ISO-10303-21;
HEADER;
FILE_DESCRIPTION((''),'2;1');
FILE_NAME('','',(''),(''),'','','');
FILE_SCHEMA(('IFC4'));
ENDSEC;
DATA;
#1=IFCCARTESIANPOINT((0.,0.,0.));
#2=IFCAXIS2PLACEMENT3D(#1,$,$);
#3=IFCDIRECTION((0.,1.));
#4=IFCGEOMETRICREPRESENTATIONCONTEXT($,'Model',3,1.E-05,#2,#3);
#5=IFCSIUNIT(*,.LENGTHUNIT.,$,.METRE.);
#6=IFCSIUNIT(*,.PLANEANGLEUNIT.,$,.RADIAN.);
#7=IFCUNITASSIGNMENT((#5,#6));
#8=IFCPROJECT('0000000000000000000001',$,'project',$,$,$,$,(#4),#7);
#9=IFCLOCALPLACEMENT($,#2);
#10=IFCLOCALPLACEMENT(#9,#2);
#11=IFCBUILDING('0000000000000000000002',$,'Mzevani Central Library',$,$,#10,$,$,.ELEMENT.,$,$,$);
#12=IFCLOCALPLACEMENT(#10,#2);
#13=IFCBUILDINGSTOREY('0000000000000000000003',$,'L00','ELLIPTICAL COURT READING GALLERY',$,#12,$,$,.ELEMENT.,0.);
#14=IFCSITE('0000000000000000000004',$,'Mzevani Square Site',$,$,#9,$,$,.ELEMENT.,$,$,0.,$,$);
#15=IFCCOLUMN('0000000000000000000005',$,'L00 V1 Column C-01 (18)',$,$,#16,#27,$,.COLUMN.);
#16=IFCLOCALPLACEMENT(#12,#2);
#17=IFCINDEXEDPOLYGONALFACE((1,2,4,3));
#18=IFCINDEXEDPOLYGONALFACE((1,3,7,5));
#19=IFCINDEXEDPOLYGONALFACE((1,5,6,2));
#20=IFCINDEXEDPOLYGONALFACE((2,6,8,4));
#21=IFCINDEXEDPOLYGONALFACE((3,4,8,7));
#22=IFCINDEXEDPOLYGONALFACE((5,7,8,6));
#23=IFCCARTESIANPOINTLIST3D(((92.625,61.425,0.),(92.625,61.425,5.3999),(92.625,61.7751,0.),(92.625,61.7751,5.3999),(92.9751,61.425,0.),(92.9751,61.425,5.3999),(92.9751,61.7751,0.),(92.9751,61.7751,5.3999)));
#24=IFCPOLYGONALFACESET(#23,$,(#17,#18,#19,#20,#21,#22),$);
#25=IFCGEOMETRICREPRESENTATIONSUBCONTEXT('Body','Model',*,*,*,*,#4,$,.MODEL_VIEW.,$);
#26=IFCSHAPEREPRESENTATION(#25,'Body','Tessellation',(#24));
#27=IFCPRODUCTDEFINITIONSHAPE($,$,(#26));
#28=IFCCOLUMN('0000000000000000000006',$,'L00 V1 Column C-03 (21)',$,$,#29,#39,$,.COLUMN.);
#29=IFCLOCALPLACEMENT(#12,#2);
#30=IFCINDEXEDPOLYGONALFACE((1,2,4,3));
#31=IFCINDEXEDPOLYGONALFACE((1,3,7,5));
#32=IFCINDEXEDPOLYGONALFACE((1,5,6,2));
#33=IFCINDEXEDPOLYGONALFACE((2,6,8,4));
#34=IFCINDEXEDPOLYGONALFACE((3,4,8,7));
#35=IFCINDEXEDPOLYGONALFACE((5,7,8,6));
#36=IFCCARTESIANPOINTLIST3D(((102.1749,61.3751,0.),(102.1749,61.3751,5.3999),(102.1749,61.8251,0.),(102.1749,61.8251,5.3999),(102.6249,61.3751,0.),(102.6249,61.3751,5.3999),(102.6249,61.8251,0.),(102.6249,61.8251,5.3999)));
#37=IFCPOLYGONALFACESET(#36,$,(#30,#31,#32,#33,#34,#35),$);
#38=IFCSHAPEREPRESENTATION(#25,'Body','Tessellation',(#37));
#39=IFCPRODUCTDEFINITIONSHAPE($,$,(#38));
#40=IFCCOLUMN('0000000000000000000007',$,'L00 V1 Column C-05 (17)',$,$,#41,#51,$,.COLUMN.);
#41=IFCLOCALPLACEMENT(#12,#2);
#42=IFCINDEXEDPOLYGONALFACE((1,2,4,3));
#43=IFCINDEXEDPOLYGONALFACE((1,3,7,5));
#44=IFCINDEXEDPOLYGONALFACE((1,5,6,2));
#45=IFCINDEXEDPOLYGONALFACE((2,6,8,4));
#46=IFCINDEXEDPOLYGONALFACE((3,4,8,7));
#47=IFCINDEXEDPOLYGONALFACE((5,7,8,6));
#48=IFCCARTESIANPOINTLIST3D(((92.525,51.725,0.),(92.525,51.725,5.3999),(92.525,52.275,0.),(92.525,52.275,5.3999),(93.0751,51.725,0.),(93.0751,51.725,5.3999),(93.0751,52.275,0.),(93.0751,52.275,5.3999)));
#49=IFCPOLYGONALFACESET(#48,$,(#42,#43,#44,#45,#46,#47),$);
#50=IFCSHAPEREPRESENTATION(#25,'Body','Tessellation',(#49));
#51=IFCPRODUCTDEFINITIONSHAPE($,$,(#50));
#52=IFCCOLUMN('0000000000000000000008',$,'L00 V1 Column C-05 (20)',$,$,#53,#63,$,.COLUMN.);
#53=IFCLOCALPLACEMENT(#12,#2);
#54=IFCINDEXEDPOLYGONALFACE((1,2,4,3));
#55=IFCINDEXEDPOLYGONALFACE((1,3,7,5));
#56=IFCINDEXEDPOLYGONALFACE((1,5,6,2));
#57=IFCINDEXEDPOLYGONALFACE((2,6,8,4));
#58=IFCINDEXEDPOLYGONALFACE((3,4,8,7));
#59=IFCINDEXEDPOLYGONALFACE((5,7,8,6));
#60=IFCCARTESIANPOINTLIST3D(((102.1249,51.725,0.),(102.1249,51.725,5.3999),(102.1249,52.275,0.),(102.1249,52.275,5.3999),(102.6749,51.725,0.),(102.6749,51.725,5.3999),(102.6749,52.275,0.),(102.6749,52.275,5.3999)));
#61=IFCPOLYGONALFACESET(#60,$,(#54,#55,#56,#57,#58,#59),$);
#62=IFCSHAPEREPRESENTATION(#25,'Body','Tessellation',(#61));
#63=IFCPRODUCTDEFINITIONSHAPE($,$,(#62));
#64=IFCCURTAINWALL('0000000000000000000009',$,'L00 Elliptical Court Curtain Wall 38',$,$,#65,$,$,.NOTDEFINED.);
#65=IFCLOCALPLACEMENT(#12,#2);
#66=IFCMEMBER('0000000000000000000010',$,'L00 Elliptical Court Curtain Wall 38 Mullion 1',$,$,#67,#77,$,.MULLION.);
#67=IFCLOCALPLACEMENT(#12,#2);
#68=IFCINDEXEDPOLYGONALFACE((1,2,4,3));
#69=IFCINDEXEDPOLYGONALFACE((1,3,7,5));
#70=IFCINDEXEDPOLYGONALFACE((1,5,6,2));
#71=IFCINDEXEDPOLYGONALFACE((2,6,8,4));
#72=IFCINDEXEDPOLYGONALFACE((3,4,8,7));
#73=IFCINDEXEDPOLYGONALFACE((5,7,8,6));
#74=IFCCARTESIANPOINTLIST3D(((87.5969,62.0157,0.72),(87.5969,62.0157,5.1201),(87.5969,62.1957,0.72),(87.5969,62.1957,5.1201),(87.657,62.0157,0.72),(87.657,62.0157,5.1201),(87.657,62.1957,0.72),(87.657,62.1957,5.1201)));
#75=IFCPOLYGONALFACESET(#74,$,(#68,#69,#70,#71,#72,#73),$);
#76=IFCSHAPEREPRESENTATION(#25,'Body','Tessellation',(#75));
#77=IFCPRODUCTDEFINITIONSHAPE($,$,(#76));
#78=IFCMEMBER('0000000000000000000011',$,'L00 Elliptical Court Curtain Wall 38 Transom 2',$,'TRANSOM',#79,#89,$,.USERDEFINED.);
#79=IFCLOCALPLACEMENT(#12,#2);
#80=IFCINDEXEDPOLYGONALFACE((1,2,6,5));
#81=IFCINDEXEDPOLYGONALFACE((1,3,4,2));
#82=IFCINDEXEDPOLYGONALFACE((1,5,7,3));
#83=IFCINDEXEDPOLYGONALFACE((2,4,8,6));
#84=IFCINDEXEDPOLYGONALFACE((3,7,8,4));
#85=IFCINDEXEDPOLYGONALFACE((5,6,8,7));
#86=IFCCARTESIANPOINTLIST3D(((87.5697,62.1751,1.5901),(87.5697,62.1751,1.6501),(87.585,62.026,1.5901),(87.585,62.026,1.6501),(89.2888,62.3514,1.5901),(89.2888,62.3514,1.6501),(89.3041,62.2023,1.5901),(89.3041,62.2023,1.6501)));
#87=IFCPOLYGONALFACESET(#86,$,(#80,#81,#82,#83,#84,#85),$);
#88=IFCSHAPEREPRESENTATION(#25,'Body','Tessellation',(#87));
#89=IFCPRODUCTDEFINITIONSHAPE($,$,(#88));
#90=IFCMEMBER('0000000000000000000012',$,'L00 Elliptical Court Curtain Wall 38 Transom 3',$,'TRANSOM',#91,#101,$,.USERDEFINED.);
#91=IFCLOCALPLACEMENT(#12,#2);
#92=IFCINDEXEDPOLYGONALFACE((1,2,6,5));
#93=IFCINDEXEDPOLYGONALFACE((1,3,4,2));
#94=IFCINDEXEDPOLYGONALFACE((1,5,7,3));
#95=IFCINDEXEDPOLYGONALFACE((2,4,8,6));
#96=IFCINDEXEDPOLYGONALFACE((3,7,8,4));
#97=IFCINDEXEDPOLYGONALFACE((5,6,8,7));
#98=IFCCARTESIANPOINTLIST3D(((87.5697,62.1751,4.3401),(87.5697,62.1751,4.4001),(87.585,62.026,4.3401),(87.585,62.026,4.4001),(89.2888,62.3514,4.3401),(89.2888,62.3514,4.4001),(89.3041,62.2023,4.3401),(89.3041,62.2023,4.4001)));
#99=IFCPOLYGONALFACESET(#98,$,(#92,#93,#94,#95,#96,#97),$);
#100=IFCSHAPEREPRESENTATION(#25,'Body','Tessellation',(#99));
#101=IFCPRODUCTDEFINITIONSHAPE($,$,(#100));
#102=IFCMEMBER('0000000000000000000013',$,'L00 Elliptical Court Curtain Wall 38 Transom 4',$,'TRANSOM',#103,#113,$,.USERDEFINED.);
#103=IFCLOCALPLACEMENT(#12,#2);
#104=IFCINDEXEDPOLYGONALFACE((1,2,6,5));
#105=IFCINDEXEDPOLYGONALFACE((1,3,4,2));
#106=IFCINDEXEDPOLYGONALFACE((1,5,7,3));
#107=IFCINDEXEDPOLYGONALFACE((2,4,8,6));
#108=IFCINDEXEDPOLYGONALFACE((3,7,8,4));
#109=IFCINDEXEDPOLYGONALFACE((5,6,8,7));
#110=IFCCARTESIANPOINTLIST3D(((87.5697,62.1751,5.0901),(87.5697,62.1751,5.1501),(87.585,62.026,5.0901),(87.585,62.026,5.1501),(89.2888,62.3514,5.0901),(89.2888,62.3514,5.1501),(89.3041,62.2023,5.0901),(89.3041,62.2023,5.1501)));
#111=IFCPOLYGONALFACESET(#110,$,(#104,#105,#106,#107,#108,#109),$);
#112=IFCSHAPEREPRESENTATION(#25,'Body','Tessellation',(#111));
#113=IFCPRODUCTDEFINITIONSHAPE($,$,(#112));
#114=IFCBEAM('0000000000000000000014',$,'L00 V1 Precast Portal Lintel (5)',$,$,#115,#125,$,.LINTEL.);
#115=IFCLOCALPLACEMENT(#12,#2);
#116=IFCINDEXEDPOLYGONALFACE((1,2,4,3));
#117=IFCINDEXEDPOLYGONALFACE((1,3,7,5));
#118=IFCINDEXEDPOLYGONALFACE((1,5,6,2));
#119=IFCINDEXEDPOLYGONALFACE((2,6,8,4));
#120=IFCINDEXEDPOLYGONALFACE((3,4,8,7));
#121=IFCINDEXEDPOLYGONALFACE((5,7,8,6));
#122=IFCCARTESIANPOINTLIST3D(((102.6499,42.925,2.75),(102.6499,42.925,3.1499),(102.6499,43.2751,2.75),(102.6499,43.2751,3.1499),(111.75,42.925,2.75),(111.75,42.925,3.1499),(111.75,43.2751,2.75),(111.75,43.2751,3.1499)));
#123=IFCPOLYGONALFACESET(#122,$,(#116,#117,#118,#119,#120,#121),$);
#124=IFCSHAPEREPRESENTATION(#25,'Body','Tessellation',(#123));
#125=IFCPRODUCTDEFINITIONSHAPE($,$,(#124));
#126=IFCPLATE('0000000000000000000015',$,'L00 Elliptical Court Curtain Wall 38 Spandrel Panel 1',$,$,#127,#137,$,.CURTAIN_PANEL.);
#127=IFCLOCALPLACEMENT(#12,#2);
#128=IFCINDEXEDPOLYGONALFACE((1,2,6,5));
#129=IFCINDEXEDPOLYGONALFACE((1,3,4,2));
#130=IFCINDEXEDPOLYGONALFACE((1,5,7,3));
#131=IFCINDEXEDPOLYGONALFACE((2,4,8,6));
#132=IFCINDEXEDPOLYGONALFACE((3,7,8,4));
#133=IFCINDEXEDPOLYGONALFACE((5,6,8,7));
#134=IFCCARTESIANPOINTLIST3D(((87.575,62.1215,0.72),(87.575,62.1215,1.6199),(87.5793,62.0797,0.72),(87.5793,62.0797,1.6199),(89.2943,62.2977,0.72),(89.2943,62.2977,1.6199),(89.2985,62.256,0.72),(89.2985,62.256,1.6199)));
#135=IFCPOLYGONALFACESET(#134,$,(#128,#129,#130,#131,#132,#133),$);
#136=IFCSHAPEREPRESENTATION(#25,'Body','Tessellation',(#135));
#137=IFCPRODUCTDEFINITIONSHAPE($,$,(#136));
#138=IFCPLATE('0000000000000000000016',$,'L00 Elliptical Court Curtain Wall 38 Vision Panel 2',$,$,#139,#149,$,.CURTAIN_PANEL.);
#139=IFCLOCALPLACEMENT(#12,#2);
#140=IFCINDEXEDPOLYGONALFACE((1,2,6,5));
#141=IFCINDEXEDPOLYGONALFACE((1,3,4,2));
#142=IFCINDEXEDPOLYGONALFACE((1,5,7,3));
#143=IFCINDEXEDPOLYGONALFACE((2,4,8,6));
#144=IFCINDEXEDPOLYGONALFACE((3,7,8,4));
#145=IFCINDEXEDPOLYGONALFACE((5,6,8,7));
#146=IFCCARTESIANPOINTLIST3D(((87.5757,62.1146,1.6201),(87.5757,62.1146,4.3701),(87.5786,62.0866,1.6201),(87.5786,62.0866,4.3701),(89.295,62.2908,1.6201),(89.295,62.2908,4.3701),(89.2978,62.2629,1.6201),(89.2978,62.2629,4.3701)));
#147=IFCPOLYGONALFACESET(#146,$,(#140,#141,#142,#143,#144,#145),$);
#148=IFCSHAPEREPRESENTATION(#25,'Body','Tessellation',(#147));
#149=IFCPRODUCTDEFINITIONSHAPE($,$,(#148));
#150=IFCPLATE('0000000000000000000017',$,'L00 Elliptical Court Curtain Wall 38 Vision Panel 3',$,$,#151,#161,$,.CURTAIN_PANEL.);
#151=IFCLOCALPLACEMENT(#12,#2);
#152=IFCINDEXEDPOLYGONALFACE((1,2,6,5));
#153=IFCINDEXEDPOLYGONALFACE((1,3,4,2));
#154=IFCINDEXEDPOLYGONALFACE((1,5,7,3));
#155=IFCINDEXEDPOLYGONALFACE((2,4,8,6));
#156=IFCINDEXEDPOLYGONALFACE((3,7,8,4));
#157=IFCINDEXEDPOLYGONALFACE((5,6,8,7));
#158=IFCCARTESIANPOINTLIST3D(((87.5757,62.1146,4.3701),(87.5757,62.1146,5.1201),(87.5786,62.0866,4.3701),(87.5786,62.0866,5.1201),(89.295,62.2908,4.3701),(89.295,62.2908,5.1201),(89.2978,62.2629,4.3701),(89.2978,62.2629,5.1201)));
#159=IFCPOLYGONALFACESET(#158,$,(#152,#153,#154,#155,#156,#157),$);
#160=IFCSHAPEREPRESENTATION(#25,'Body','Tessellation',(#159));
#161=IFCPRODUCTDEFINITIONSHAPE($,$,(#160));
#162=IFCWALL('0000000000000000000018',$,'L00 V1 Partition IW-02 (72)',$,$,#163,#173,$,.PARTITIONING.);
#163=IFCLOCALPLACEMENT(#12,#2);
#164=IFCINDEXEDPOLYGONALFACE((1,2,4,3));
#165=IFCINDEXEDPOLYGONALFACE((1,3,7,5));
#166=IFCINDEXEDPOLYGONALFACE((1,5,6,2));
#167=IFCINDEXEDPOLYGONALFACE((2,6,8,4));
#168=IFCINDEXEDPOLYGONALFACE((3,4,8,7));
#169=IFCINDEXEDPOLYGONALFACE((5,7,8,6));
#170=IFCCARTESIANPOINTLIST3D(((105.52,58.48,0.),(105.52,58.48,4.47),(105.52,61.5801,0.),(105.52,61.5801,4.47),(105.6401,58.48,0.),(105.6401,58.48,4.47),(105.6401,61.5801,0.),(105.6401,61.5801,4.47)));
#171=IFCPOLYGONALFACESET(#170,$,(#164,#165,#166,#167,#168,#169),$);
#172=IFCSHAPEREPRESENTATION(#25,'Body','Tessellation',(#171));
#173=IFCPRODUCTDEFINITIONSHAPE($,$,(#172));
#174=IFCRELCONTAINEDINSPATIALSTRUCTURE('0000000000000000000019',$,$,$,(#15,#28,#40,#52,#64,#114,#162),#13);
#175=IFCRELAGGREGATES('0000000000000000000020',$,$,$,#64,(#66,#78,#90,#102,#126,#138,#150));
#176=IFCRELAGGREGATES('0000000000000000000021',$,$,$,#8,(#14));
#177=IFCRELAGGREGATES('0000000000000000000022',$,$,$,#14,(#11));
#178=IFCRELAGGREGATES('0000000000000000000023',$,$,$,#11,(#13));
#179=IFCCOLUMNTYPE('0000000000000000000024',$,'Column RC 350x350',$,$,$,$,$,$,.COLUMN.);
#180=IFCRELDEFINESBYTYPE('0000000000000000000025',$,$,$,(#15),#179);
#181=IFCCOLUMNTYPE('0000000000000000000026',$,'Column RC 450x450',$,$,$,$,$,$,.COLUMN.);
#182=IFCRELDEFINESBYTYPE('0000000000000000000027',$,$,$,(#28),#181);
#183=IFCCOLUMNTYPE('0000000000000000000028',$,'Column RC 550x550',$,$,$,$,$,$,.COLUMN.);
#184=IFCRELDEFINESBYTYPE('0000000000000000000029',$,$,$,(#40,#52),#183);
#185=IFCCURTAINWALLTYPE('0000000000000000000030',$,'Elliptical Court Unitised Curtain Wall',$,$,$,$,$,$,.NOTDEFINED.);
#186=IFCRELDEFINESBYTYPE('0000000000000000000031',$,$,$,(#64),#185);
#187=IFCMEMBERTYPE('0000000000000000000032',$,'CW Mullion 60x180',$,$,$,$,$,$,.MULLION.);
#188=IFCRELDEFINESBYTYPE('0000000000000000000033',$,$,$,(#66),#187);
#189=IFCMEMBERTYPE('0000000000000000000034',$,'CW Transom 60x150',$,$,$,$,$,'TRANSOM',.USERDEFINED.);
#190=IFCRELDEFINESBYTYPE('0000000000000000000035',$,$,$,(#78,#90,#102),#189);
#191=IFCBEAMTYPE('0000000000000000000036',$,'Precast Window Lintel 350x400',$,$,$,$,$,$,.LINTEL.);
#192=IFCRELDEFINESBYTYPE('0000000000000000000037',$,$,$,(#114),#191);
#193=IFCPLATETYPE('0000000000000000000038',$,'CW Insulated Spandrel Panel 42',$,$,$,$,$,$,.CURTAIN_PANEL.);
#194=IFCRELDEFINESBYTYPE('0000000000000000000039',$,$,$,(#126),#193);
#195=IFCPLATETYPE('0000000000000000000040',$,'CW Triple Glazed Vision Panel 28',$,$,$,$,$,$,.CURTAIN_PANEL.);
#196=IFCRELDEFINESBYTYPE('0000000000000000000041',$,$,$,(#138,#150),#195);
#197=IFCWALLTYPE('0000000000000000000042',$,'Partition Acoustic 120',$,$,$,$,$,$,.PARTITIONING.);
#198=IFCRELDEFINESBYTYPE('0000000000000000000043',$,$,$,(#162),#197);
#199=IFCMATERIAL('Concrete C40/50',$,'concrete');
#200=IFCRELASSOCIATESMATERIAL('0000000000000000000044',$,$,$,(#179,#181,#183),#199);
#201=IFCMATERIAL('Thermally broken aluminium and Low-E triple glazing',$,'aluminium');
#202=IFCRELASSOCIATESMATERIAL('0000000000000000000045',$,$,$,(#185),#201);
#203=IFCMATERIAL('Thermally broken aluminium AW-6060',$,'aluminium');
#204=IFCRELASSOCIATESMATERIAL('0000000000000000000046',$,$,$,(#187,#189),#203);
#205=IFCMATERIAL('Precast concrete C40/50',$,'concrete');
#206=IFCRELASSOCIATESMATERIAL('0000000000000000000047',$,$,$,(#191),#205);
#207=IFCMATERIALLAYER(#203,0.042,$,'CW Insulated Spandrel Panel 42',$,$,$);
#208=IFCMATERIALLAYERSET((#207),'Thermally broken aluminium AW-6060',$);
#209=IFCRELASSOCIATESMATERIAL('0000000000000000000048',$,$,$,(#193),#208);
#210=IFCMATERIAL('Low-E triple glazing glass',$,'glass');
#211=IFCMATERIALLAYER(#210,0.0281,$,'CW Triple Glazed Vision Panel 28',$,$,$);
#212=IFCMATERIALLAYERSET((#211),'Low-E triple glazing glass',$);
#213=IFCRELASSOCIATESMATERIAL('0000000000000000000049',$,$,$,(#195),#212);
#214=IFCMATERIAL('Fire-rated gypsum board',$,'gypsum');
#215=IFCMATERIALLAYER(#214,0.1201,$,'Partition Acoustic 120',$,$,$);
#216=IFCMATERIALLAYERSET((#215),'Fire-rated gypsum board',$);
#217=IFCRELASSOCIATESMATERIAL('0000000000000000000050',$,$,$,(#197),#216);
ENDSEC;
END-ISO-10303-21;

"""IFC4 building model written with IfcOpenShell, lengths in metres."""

from ifc_helpers import new_model, si_unit, direction, frame, frame_2d, origin, origin_2d, place, context, subcontext, project, spatial, rectangle, extrude, material, layer, layer_set, material_profile, profile_set, type_object, element, aggregate, save


model = new_model("IFC4")

# Units and contexts
model_context = context("Model", 3, precision=1e-05, world=origin(), true_north=direction((0.0, 1.0)))
body_context = subcontext(model_context, "Body", "Model", "MODEL_VIEW")
ifc_project = project(units=[si_unit("LENGTHUNIT", "METRE"), si_unit("PLANEANGLEUNIT", "RADIAN")], contexts=[model_context])

# Site, building, storey
site_placement = place(None, origin())
site = spatial("IfcSite", under=ifc_project, at=site_placement, Name="Mzevani Square Site", CompositionType="ELEMENT", RefElevation=0.0)
building_placement = place(site_placement, origin())
building = spatial("IfcBuilding", under=site, at=building_placement, Name="Mzevani Central Library", CompositionType="ELEMENT")
storey_placement = place(building_placement, origin())
storey = spatial("IfcBuildingStorey", under=building, at=storey_placement, Name="L00", Description="ELLIPTICAL COURT READING GALLERY", CompositionType="ELEMENT", Elevation=0.0)

# Columns
ifc_material_1 = material(Name="Concrete C40/50", Category="concrete")
ifc_material_profile_1 = material_profile(ifc_material_1, rectangle(XDim=0.3501, YDim=0.3501, at=origin_2d()), Name="RC 350x350")
ifc_profile_set_1 = profile_set([ifc_material_profile_1], Name="Concrete C40/50")
column_type_1 = type_object("IfcColumnType", Name="Column RC 350x350", PredefinedType="COLUMN", material=ifc_profile_set_1)
column_1_placement = place(storey_placement, frame((92.8, 61.6001, 0.0), z_axis=(0.0, 0.0, 1.0), x_axis=(1.0, 0.0, 0.0)))
element("IfcColumn", 1, at=column_1_placement, inside=storey, type_object=column_type_1, Name="L00 V1 Column C-01 (18)", PredefinedType="COLUMN", context=body_context, shape_type="SweptSolid", body=[
    extrude(rectangle(XDim=0.3501, YDim=0.3501, at=origin_2d()), origin(), (0.0, 0.0, 1.0), 5.3999),
])
ifc_material_profile_2 = material_profile(ifc_material_1, rectangle(XDim=0.45, YDim=0.45, at=origin_2d()), Name="RC 450x450")
ifc_profile_set_2 = profile_set([ifc_material_profile_2], Name="Concrete C40/50")
column_type_2 = type_object("IfcColumnType", Name="Column RC 450x450", PredefinedType="COLUMN", material=ifc_profile_set_2)
column_2_placement = place(storey_placement, frame((102.3999, 61.6001, 0.0), z_axis=(0.0, 0.0, 1.0), x_axis=(1.0, 0.0, 0.0)))
element("IfcColumn", 2, at=column_2_placement, inside=storey, type_object=column_type_2, Name="L00 V1 Column C-03 (21)", PredefinedType="COLUMN", context=body_context, shape_type="SweptSolid", body=[
    extrude(rectangle(XDim=0.45, YDim=0.45, at=origin_2d()), origin(), (0.0, 0.0, 1.0), 5.3999),
])
ifc_material_profile_3 = material_profile(ifc_material_1, rectangle(XDim=0.55, YDim=0.55, at=origin_2d()), Name="RC 550x550")
ifc_profile_set_3 = profile_set([ifc_material_profile_3], Name="Concrete C40/50")
column_type_3 = type_object("IfcColumnType", Name="Column RC 550x550", PredefinedType="COLUMN", material=ifc_profile_set_3)
for number, where, z_axis, x_axis, name in (
    (3, (92.8, 52.0, 0.0), (0.0, 0.0, 1.0), (1.0, 0.0, 0.0), "L00 V1 Column C-05 (17)"),
    (4, (102.3999, 52.0, 0.0), (0.0, 0.0, 1.0), (1.0, 0.0, 0.0), "L00 V1 Column C-05 (20)"),
):
    element("IfcColumn", number, at=place(storey_placement, frame(where, z_axis=z_axis, x_axis=x_axis)), inside=storey, type_object=column_type_3, Name=name, PredefinedType="COLUMN", context=body_context, shape_type="SweptSolid", body=[
        extrude(rectangle(XDim=0.55, YDim=0.55, at=origin_2d()), origin(), (0.0, 0.0, 1.0), 5.3999),
    ])

# Curtain wall, members
ifc_material_2 = material(Name="Thermally broken aluminium and Low-E triple glazing", Category="aluminium")
curtain_wall_type = type_object("IfcCurtainWallType", Name="Elliptical Court Unitised Curtain Wall", PredefinedType="NOTDEFINED", material=ifc_material_2)
curtain_wall_placement = place(storey_placement, origin())
curtain_wall = element("IfcCurtainWall", 5, at=curtain_wall_placement, inside=storey, type_object=curtain_wall_type, Name="L00 Elliptical Court Curtain Wall 38", PredefinedType="NOTDEFINED")
ifc_material_3 = material(Name="Thermally broken aluminium AW-6060", Category="aluminium")
ifc_material_profile_4 = material_profile(ifc_material_3, rectangle(XDim=0.0601, YDim=0.1799, at=origin_2d()), Name="ALU M60x180")
ifc_profile_set_4 = profile_set([ifc_material_profile_4], Name="Thermally broken aluminium AW-6060")
member_type_1 = type_object("IfcMemberType", Name="CW Mullion 60x180", PredefinedType="MULLION", material=ifc_profile_set_4)
member_1_placement = place(storey_placement, frame((87.627, 62.1057, 0.72), z_axis=(0.0, 0.0, 1.0), x_axis=(1.0, 0.0, 0.0)))
member_1 = element("IfcMember", 6, at=member_1_placement, type_object=member_type_1, Name="L00 Elliptical Court Curtain Wall 38 Mullion 1", PredefinedType="MULLION", context=body_context, shape_type="SweptSolid", body=[
    extrude(rectangle(XDim=0.0601, YDim=0.1799, at=origin_2d()), origin(), (0.0, 0.0, 1.0), 4.4001),
])
ifc_material_profile_5 = material_profile(ifc_material_3, rectangle(XDim=0.1499, YDim=0.0601, at=origin_2d()), Name="ALU T60x150")
ifc_profile_set_5 = profile_set([ifc_material_profile_5], Name="Thermally broken aluminium AW-6060")
member_type_2 = type_object("IfcMemberType", Name="CW Transom 60x150", ElementType="TRANSOM", PredefinedType="USERDEFINED", material=ifc_profile_set_5)
member_2_placement = place(storey_placement, frame((87.5774, 62.1006, 1.6201), z_axis=(0.994784, 0.102007, 0.0), x_axis=(-0.102007, 0.994784, 0.0)))
member_2 = element("IfcMember", 7, at=member_2_placement, type_object=member_type_2, Name="L00 Elliptical Court Curtain Wall 38 Transom 2", ObjectType="TRANSOM", PredefinedType="USERDEFINED", context=body_context, shape_type="SweptSolid", body=[
    extrude(rectangle(XDim=0.1499, YDim=0.0601, at=origin_2d()), origin(), (0.0, 0.0, 1.0), 1.728),
])
member_3_placement = place(storey_placement, frame((87.5774, 62.1006, 4.3701), z_axis=(0.994784, 0.102007, 0.0), x_axis=(-0.102007, 0.994784, 0.0)))
member_3 = element("IfcMember", 8, at=member_3_placement, type_object=member_type_2, Name="L00 Elliptical Court Curtain Wall 38 Transom 3", ObjectType="TRANSOM", PredefinedType="USERDEFINED", context=body_context, shape_type="SweptSolid", body=[
    extrude(rectangle(XDim=0.1499, YDim=0.0601, at=origin_2d()), origin(), (0.0, 0.0, 1.0), 1.728),
])
member_4_placement = place(storey_placement, frame((87.5774, 62.1006, 5.1201), z_axis=(0.994784, 0.102007, 0.0), x_axis=(-0.102007, 0.994784, 0.0)))
member_4 = element("IfcMember", 9, at=member_4_placement, type_object=member_type_2, Name="L00 Elliptical Court Curtain Wall 38 Transom 4", ObjectType="TRANSOM", PredefinedType="USERDEFINED", context=body_context, shape_type="SweptSolid", body=[
    extrude(rectangle(XDim=0.1499, YDim=0.0601, at=origin_2d()), origin(), (0.0, 0.0, 1.0), 1.728),
])

# Beam
ifc_material_4 = material(Name="Precast concrete C40/50", Category="concrete")
ifc_material_profile_6 = material_profile(ifc_material_4, rectangle(XDim=0.3501, YDim=0.3999, at=origin_2d()), Name="PC LN350x400")
ifc_profile_set_6 = profile_set([ifc_material_profile_6], Name="Precast concrete C40/50")
beam_type = type_object("IfcBeamType", Name="Precast Window Lintel 350x400", PredefinedType="LINTEL", material=ifc_profile_set_6)
beam_placement = place(storey_placement, frame((102.6499, 43.1001, 2.95), z_axis=(1.0, 0.0, 0.0), x_axis=(0.0, 1.0, 0.0)))
element("IfcBeam", 10, at=beam_placement, inside=storey, type_object=beam_type, Name="L00 V1 Precast Portal Lintel (5)", PredefinedType="LINTEL", context=body_context, shape_type="SweptSolid", body=[
    extrude(rectangle(XDim=0.3501, YDim=0.3999, at=origin_2d()), origin(), (0.0, 0.0, 1.0), 9.1001),
])

# Plates
ifc_layer_1 = layer(ifc_material_3, 0.042, Name="CW Insulated Spandrel Panel 42")
ifc_layer_set_1 = layer_set([ifc_layer_1], Name="Thermally broken aluminium AW-6060")
plate_type_1 = type_object("IfcPlateType", Name="CW Insulated Spandrel Panel 42", PredefinedType="CURTAIN_PANEL", material=ifc_layer_set_1)
plate_1_placement = place(storey_placement, frame((88.4368, 62.1887, 0.72), z_axis=(0.0, 0.0, 1.0), x_axis=(0.994786, 0.101987, 0.0)))
plate_1 = element("IfcPlate", 11, at=plate_1_placement, type_object=plate_type_1, Name="L00 Elliptical Court Curtain Wall 38 Spandrel Panel 1", PredefinedType="CURTAIN_PANEL", context=body_context, shape_type="SweptSolid", body=[
    extrude(rectangle(XDim=1.7283, YDim=0.042, at=origin_2d()), origin(), (0.0, 0.0, 1.0), 0.8999),
])
ifc_material_5 = material(Name="Low-E triple glazing glass", Category="glass")
ifc_layer_2 = layer(ifc_material_5, 0.0281, Name="CW Triple Glazed Vision Panel 28")
ifc_layer_set_2 = layer_set([ifc_layer_2], Name="Low-E triple glazing glass")
plate_type_2 = type_object("IfcPlateType", Name="CW Triple Glazed Vision Panel 28", PredefinedType="CURTAIN_PANEL", material=ifc_layer_set_2)
plate_2_placement = place(storey_placement, frame((88.4368, 62.1887, 1.6201), z_axis=(0.0, 0.0, 1.0), x_axis=(0.994786, 0.101987, 0.0)))
plate_2 = element("IfcPlate", 12, at=plate_2_placement, type_object=plate_type_2, Name="L00 Elliptical Court Curtain Wall 38 Vision Panel 2", PredefinedType="CURTAIN_PANEL", context=body_context, shape_type="SweptSolid", body=[
    extrude(rectangle(XDim=1.7283, YDim=0.0281, at=origin_2d()), origin(), (0.0, 0.0, 1.0), 2.75),
])
plate_3_placement = place(storey_placement, frame((88.4368, 62.1887, 4.3701), z_axis=(0.0, 0.0, 1.0), x_axis=(0.994786, 0.101987, 0.0)))
plate_3 = element("IfcPlate", 13, at=plate_3_placement, type_object=plate_type_2, Name="L00 Elliptical Court Curtain Wall 38 Vision Panel 3", PredefinedType="CURTAIN_PANEL", context=body_context, shape_type="SweptSolid", body=[
    extrude(rectangle(XDim=1.7283, YDim=0.0281, at=origin_2d()), origin(), (0.0, 0.0, 1.0), 0.75),
])
aggregate(curtain_wall, [member_1, member_2, member_3, member_4, plate_1, plate_2, plate_3])

# Wall
ifc_material_6 = material(Name="Fire-rated gypsum board", Category="gypsum")
ifc_layer_3 = layer(ifc_material_6, 0.1201, Name="Partition Acoustic 120")
ifc_layer_set_3 = layer_set([ifc_layer_3], Name="Fire-rated gypsum board")
wall_type_1 = type_object("IfcWallType", Name="Partition Acoustic 120", PredefinedType="PARTITIONING", material=ifc_layer_set_3)
wall_1_placement = place(storey_placement, frame((105.5801, 58.48, 0.0), z_axis=(0.0, 0.0, 1.0), x_axis=(0.0, 1.0, 0.0)))
element("IfcWall", 14, at=wall_1_placement, inside=storey, type_object=wall_type_1, Name="L00 V1 Partition IW-02 (72)", PredefinedType="PARTITIONING", context=body_context, shape_type="SweptSolid", body=[
    extrude(rectangle(XDim=3.1001, YDim=0.1201, at=frame_2d((1.55, 0.0))), origin(), (0.0, 0.0, 1.0), 4.47),
])

save(model, "model.ifc")
